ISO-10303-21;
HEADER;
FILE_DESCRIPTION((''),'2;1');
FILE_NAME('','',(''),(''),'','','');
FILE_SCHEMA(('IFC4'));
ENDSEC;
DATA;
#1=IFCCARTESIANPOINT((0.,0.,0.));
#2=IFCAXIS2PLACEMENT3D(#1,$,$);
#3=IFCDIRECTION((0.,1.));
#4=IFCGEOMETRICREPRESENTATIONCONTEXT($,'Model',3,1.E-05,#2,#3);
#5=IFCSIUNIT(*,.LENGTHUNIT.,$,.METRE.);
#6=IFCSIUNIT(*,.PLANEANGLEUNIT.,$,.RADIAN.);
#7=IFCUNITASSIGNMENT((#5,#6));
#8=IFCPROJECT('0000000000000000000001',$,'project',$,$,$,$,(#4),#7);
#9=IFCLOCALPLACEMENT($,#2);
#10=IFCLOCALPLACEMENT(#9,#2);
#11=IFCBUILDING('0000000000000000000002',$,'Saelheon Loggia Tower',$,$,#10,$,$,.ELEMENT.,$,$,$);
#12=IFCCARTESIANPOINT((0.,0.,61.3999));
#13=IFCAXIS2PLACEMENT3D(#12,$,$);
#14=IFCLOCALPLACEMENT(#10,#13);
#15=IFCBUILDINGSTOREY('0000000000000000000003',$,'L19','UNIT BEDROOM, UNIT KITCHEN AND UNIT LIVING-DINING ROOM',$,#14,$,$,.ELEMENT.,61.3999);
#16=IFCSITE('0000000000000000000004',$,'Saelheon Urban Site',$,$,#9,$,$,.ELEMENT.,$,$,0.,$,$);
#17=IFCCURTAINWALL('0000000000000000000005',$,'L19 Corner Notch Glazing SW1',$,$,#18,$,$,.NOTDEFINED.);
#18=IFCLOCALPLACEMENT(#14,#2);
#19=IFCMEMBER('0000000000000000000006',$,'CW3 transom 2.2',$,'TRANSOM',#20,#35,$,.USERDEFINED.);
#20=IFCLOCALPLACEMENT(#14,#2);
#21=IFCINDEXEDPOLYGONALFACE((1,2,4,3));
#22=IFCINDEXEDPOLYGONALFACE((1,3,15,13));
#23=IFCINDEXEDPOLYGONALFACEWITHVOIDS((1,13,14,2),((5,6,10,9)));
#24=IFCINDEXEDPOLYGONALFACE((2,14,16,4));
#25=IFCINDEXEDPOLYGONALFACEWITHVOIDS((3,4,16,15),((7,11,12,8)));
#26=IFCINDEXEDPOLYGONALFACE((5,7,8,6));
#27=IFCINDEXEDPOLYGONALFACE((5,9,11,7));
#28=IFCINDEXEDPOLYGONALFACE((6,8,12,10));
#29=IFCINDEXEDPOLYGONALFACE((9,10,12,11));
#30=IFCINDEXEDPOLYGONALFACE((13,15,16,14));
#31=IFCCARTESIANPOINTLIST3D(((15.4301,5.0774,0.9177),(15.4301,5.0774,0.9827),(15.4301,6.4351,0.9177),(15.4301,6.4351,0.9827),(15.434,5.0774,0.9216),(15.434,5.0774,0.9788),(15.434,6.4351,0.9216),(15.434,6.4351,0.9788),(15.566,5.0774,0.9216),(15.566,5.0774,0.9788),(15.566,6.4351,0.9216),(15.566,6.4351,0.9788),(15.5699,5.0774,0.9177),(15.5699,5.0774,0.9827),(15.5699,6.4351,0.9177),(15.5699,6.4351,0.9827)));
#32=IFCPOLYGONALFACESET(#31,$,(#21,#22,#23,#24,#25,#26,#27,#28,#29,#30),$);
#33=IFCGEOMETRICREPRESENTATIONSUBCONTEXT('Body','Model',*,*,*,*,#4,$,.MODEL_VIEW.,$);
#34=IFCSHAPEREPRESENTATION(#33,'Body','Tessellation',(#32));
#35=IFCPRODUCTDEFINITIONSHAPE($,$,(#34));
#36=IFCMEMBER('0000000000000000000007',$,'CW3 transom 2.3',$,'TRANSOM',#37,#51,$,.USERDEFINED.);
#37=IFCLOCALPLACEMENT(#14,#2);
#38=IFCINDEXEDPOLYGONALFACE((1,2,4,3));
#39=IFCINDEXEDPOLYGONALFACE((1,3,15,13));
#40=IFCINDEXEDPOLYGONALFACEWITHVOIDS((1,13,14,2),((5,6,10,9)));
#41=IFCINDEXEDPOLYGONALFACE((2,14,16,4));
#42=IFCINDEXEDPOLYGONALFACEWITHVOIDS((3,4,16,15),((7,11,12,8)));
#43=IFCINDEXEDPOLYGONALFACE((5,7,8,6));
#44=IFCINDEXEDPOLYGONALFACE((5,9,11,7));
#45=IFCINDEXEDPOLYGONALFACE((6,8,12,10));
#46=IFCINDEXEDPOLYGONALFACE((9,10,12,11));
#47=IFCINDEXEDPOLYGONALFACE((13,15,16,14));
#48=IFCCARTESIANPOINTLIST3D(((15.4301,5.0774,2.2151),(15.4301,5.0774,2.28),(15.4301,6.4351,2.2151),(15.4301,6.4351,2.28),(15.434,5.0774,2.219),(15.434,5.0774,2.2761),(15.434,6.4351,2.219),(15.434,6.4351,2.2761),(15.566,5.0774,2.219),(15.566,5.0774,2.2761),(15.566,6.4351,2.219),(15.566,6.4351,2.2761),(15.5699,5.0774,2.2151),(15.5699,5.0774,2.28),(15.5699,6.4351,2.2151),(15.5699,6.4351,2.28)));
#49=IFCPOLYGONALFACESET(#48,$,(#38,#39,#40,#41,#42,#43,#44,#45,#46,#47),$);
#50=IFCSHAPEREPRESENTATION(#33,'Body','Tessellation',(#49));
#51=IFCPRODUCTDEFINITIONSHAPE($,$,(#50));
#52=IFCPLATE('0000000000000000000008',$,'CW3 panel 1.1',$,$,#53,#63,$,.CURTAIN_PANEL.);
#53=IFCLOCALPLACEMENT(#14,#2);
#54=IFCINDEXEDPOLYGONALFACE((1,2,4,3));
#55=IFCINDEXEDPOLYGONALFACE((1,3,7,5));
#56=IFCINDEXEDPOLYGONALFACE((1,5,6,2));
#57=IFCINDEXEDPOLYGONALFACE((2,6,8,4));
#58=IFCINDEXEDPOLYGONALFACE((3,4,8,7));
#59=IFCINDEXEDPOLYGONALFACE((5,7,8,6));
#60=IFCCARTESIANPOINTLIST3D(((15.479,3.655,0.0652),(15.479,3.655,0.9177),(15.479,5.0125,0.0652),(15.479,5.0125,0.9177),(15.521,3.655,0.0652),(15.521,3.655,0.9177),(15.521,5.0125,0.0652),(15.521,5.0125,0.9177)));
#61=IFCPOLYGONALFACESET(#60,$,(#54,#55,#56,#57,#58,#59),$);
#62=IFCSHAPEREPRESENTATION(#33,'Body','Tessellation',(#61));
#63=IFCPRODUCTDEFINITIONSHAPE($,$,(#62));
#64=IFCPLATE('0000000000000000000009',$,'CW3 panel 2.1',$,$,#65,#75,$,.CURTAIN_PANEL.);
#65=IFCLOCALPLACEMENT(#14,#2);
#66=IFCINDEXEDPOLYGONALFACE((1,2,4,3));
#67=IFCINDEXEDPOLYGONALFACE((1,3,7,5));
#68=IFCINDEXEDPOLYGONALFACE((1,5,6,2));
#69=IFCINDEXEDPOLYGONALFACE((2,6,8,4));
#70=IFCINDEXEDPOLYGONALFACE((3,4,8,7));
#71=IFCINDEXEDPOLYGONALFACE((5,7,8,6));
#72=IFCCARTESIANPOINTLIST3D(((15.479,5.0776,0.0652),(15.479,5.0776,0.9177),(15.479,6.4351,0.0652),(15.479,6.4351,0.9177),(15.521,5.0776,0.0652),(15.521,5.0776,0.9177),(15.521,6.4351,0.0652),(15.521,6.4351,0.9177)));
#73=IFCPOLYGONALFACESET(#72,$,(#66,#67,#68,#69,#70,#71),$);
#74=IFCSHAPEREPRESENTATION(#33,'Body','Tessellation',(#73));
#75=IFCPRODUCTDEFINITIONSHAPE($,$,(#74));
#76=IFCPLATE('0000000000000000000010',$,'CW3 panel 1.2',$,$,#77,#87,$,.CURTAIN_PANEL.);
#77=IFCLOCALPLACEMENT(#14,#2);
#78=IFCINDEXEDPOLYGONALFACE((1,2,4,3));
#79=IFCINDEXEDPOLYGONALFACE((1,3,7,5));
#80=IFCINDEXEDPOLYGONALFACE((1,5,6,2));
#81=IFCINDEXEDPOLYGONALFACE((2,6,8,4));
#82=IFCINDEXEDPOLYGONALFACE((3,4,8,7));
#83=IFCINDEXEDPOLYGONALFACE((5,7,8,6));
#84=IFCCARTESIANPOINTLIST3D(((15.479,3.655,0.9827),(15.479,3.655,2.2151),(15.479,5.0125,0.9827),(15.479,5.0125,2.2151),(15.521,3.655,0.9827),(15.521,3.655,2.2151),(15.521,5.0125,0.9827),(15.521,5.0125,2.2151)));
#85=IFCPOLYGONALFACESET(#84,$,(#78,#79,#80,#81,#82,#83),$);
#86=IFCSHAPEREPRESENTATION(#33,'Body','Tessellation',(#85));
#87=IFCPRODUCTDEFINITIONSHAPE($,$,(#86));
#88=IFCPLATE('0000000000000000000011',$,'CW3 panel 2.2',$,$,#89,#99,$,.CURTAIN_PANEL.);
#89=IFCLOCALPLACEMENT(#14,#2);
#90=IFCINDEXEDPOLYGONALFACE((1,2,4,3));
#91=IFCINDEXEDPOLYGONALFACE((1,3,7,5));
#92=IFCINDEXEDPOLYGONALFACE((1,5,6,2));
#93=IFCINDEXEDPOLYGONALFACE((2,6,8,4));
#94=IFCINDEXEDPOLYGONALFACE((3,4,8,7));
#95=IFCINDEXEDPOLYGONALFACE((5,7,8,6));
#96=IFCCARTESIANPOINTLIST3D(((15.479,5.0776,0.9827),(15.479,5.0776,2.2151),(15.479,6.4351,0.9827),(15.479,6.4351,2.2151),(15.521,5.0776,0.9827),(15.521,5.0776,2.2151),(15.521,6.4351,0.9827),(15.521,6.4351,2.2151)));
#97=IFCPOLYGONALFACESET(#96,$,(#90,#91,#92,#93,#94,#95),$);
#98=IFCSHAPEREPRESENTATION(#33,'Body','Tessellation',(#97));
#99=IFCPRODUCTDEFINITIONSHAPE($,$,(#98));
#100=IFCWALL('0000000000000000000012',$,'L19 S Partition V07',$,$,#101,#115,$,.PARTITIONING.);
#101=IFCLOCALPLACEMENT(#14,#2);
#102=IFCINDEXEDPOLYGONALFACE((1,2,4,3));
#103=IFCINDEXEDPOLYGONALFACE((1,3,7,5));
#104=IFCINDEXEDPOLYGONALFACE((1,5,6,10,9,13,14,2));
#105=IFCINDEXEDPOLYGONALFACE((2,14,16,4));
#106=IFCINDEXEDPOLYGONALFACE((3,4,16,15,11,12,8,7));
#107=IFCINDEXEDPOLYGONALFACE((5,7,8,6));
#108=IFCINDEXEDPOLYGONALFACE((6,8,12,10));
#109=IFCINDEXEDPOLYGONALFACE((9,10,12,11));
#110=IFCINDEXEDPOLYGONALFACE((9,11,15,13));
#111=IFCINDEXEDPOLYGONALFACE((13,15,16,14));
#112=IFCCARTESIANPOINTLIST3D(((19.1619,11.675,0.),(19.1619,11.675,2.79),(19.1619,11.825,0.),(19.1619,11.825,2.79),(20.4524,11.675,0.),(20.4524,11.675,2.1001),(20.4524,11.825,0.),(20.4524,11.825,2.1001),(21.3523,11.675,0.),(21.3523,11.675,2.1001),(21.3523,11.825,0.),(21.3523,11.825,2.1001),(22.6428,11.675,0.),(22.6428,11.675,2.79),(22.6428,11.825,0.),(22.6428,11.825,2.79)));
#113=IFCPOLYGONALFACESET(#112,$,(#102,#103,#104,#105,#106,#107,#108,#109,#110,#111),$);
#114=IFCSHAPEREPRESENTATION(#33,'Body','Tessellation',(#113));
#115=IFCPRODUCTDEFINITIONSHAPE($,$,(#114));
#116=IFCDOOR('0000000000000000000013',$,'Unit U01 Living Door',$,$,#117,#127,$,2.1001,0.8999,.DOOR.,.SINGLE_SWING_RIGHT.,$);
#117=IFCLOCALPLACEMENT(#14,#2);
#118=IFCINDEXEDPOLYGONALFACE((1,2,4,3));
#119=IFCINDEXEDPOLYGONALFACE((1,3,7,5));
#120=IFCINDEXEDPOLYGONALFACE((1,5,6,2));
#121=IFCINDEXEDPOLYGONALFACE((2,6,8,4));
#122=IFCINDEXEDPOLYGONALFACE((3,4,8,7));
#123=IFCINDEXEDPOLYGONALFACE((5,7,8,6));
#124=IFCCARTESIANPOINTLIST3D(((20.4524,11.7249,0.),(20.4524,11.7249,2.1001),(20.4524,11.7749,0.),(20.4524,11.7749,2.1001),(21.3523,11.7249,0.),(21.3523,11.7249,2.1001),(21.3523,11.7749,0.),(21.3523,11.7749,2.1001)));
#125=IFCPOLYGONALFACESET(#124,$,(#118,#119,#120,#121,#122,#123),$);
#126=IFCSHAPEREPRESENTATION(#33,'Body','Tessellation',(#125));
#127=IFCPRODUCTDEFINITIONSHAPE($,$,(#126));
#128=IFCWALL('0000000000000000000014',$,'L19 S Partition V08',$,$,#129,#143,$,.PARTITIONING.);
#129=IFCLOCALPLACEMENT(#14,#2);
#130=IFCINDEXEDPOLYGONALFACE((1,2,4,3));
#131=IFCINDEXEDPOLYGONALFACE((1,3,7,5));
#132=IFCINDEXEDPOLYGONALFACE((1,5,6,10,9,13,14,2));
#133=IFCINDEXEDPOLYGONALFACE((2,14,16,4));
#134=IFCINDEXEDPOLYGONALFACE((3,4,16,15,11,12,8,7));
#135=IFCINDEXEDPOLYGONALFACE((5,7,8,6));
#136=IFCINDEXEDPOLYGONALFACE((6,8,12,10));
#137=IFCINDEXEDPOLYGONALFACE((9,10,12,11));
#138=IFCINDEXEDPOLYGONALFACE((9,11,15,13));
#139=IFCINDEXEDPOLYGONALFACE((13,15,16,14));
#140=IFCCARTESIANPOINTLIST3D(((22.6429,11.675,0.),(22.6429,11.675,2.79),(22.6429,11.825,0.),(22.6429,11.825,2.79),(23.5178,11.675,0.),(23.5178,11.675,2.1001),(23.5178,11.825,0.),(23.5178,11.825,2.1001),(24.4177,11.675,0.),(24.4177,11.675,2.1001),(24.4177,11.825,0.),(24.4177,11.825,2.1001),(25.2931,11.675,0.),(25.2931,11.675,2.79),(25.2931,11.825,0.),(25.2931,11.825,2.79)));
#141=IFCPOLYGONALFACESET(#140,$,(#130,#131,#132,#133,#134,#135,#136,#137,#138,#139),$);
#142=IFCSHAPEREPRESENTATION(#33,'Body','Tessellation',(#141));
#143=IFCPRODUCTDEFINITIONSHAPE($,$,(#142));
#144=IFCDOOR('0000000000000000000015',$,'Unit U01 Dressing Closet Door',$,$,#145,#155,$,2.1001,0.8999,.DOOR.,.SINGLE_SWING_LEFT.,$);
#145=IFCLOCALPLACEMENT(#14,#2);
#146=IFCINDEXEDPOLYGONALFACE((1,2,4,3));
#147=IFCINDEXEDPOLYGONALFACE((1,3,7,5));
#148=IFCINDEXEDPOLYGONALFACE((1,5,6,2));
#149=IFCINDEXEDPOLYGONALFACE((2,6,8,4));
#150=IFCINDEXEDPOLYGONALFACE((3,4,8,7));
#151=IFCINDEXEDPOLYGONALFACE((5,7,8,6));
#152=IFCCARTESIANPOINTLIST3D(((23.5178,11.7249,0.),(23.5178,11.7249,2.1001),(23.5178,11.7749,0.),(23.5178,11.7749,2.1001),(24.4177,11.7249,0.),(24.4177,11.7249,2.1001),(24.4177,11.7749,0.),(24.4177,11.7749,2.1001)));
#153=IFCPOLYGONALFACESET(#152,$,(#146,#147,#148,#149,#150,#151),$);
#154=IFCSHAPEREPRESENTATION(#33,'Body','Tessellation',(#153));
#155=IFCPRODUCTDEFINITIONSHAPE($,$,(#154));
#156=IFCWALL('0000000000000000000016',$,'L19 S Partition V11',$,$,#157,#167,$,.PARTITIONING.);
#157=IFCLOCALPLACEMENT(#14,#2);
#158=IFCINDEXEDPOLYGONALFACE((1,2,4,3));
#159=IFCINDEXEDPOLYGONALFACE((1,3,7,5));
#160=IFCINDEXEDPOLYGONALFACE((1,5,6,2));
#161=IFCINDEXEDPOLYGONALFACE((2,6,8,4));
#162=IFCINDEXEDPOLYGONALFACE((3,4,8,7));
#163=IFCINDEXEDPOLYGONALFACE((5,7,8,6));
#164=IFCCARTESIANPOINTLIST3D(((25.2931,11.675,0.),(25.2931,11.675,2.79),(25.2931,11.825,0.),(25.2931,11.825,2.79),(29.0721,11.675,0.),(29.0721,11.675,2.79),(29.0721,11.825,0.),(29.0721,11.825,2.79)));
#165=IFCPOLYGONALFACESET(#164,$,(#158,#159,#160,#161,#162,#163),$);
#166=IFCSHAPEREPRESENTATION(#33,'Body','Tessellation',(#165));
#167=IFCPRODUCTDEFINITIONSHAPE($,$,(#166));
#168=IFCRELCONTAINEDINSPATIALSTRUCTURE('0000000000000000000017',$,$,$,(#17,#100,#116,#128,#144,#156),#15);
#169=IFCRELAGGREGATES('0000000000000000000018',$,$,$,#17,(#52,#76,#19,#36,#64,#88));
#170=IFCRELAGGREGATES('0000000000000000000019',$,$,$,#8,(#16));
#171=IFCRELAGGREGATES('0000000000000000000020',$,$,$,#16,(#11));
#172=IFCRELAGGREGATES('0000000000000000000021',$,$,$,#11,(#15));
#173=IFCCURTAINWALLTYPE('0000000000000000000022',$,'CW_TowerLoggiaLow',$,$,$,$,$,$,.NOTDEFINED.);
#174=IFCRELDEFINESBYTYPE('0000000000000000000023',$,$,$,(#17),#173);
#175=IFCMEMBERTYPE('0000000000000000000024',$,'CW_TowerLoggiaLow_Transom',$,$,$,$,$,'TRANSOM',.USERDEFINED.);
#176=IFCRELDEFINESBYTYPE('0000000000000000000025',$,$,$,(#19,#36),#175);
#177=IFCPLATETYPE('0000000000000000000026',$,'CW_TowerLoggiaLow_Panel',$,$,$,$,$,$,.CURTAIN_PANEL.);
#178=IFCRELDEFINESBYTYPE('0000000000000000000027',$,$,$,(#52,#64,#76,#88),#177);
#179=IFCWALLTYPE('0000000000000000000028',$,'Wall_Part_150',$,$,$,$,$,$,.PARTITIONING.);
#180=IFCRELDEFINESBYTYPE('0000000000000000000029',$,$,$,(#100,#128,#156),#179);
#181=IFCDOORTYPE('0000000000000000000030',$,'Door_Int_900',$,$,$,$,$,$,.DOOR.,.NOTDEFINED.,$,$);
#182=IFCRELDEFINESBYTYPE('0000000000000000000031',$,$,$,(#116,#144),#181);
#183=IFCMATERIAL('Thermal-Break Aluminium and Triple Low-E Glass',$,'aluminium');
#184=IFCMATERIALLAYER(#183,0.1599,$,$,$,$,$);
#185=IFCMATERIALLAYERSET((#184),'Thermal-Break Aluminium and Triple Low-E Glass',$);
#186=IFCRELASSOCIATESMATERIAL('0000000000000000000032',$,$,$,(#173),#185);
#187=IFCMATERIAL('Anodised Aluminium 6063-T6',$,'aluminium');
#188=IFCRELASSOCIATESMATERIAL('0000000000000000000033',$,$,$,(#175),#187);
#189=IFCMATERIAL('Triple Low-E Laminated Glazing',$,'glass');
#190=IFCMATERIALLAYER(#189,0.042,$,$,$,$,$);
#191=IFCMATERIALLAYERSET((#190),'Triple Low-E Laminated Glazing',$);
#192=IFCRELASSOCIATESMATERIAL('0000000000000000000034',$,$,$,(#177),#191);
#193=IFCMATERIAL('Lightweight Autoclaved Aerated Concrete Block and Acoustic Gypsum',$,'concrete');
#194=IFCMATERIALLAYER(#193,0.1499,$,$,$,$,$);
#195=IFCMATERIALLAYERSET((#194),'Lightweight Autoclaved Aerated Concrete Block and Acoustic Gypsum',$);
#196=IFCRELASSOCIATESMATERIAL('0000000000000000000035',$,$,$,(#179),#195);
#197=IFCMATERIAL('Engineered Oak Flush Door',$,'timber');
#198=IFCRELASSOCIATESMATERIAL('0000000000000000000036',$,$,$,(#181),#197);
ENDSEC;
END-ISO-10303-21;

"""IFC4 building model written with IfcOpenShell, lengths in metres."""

from ifc_helpers import new_model, si_unit, direction, frame, frame_2d, origin, origin_2d, place, context, subcontext, project, spatial, rectangle, hollow_rectangle, extrude, source, transform, mapped, material, layer, layer_set, material_profile, profile_set, type_object, element, fill, aggregate, save


model = new_model("IFC4")

# Units and contexts
model_context = context("Model", 3, precision=1e-05, world=origin(), true_north=direction((0.0, 1.0)))
body_context = subcontext(model_context, "Body", "Model", "MODEL_VIEW")
ifc_project = project(units=[si_unit("LENGTHUNIT", "METRE"), si_unit("PLANEANGLEUNIT", "RADIAN")], contexts=[model_context])

# Site, building, storey
site_placement = place(None, origin())
site = spatial("IfcSite", under=ifc_project, at=site_placement, Name="Saelheon Urban Site", CompositionType="ELEMENT", RefElevation=0.0)
building_placement = place(site_placement, origin())
building = spatial("IfcBuilding", under=site, at=building_placement, Name="Saelheon Loggia Tower", CompositionType="ELEMENT")
storey_placement = place(building_placement, frame((0.0, 0.0, 61.3999)))
storey = spatial("IfcBuildingStorey", under=building, at=storey_placement, Name="L19", Description="UNIT BEDROOM, UNIT KITCHEN AND UNIT LIVING-DINING ROOM", CompositionType="ELEMENT", Elevation=61.3999)

# Curtain wall, members, plates
ifc_material_1 = material(Name="Thermal-Break Aluminium and Triple Low-E Glass", Category="aluminium")
ifc_layer_1 = layer(ifc_material_1, 0.1599)
ifc_layer_set_1 = layer_set([ifc_layer_1], Name="Thermal-Break Aluminium and Triple Low-E Glass")
curtain_wall_type = type_object("IfcCurtainWallType", Name="CW_TowerLoggiaLow", PredefinedType="NOTDEFINED", material=ifc_layer_set_1)
curtain_wall_placement = place(storey_placement, origin())
curtain_wall = element("IfcCurtainWall", 1, at=curtain_wall_placement, inside=storey, type_object=curtain_wall_type, Name="L19 Corner Notch Glazing SW1", PredefinedType="NOTDEFINED")
ifc_material_2 = material(Name="Anodised Aluminium 6063-T6", Category="aluminium")
ifc_material_profile_1 = material_profile(ifc_material_2, hollow_rectangle(XDim=0.0649, YDim=0.1399, WallThickness=0.0039, at=origin_2d()), Name="RHS-140x65x4")
ifc_profile_set_1 = profile_set([ifc_material_profile_1], Name="Anodised Aluminium 6063-T6")
member_type_1 = type_object("IfcMemberType", Name="CW_TowerLoggiaLow_Transom", ElementType="TRANSOM", PredefinedType="USERDEFINED", material=ifc_profile_set_1)
shared_shape_1 = source(origin(), body_context, "Body", "SweptSolid", [
    extrude(hollow_rectangle(XDim=0.0649, YDim=0.1399, WallThickness=0.0039, at=origin_2d()), origin(), (0.0, 0.0, 1.0), 1.3577),
])
member_1_placement = place(storey_placement, frame((15.5, 5.0774, 0.9502), z_axis=(0.0, 1.0, 0.0), x_axis=(0.0, 0.0, 1.0)))
member_1 = element("IfcMember", 2, at=member_1_placement, type_object=member_type_1, Name="CW3 transom 2.2", ObjectType="TRANSOM", PredefinedType="USERDEFINED", context=body_context, shape_type="MappedRepresentation", body=[
    mapped(shared_shape_1, transform((0.0, 0.0, 0.0), scale=1.0)),
])
member_2_placement = place(storey_placement, frame((15.5, 5.0774, 2.2476), z_axis=(0.0, 1.0, 0.0), x_axis=(0.0, 0.0, 1.0)))
member_2 = element("IfcMember", 3, at=member_2_placement, type_object=member_type_1, Name="CW3 transom 2.3", ObjectType="TRANSOM", PredefinedType="USERDEFINED", context=body_context, shape_type="MappedRepresentation", body=[
    mapped(shared_shape_1, transform((0.0, 0.0, 0.0), scale=1.0)),
])
ifc_material_3 = material(Name="Triple Low-E Laminated Glazing", Category="glass")
ifc_layer_2 = layer(ifc_material_3, 0.042)
ifc_layer_set_2 = layer_set([ifc_layer_2], Name="Triple Low-E Laminated Glazing")
plate_type = type_object("IfcPlateType", Name="CW_TowerLoggiaLow_Panel", PredefinedType="CURTAIN_PANEL", material=ifc_layer_set_2)
shared_shape_2 = source(origin(), body_context, "Body", "SweptSolid", [
    extrude(rectangle(XDim=1.3574, YDim=0.042, at=origin_2d()), origin(), (0.0, 0.0, 1.0), 0.8525),
])
plate_1_placement = place(storey_placement, frame((15.5, 4.3337, 0.0652), z_axis=(0.0, 0.0, 1.0), x_axis=(0.0, 1.0, 0.0)))
plate_1 = element("IfcPlate", 4, at=plate_1_placement, type_object=plate_type, Name="CW3 panel 1.1", PredefinedType="CURTAIN_PANEL", context=body_context, shape_type="MappedRepresentation", body=[
    mapped(shared_shape_2, transform((0.0, 0.0, 0.0), scale=1.0)),
])
plate_2_placement = place(storey_placement, frame((15.5, 5.7563, 0.0652), z_axis=(0.0, 0.0, 1.0), x_axis=(0.0, 1.0, 0.0)))
plate_2 = element("IfcPlate", 5, at=plate_2_placement, type_object=plate_type, Name="CW3 panel 2.1", PredefinedType="CURTAIN_PANEL", context=body_context, shape_type="MappedRepresentation", body=[
    mapped(shared_shape_2, transform((0.0, 0.0, 0.0), scale=1.0)),
])
shared_shape_3 = source(origin(), body_context, "Body", "SweptSolid", [
    extrude(rectangle(XDim=1.3574, YDim=0.042, at=origin_2d()), origin(), (0.0, 0.0, 1.0), 1.2324),
])
plate_3_placement = place(storey_placement, frame((15.5, 4.3337, 0.9827), z_axis=(0.0, 0.0, 1.0), x_axis=(0.0, 1.0, 0.0)))
plate_3 = element("IfcPlate", 6, at=plate_3_placement, type_object=plate_type, Name="CW3 panel 1.2", PredefinedType="CURTAIN_PANEL", context=body_context, shape_type="MappedRepresentation", body=[
    mapped(shared_shape_3, transform((0.0, 0.0, 0.0), scale=1.0)),
])
plate_4_placement = place(storey_placement, frame((15.5, 5.7563, 0.9827), z_axis=(0.0, 0.0, 1.0), x_axis=(0.0, 1.0, 0.0)))
plate_4 = element("IfcPlate", 7, at=plate_4_placement, type_object=plate_type, Name="CW3 panel 2.2", PredefinedType="CURTAIN_PANEL", context=body_context, shape_type="MappedRepresentation", body=[
    mapped(shared_shape_3, transform((0.0, 0.0, 0.0), scale=1.0)),
])
aggregate(curtain_wall, [plate_1, plate_3, member_1, member_2, plate_2, plate_4])

# Walls, openings, doors
ifc_material_4 = material(Name="Lightweight Autoclaved Aerated Concrete Block and Acoustic Gypsum", Category="concrete")
ifc_layer_3 = layer(ifc_material_4, 0.1499)
ifc_layer_set_3 = layer_set([ifc_layer_3], Name="Lightweight Autoclaved Aerated Concrete Block and Acoustic Gypsum")
wall_type_1 = type_object("IfcWallType", Name="Wall_Part_150", PredefinedType="PARTITIONING", material=ifc_layer_set_3)
wall_1_placement = place(storey_placement, frame((19.1619, 11.75, 0.0), z_axis=(0.0, 0.0, 1.0), x_axis=(1.0, 0.0, 0.0)))
wall_1 = element("IfcWall", 8, at=wall_1_placement, inside=storey, type_object=wall_type_1, Name="L19 S Partition V07", PredefinedType="PARTITIONING", context=body_context, shape_type="SweptSolid", body=[
    extrude(rectangle(XDim=3.481, YDim=0.1499, at=frame_2d((1.7405, 0.0))), origin(), (0.0, 0.0, 1.0), 2.79),
])
opening_1_placement = place(wall_1_placement, frame((1.2905, 0.0, 0.0)))
opening_1 = element("IfcOpeningElement", 9, at=opening_1_placement, cuts=wall_1, PredefinedType="OPENING", context=body_context, shape_type="SweptSolid", body=[
    extrude(rectangle(XDim=0.8999, YDim=2.1001, at=frame_2d((0.45, 1.05))), frame((0.0, 0.0869, 0.0), z_axis=(0.0, -1.0, 0.0), x_axis=(1.0, 0.0, 0.0)), (0.0, 0.0, 1.0), 0.1738),
])
ifc_material_5 = material(Name="Engineered Oak Flush Door", Category="timber")
door_type = type_object("IfcDoorType", Name="Door_Int_900", OperationType="NOTDEFINED", PredefinedType="DOOR", material=ifc_material_5)
shared_shape_4 = source(origin(), body_context, "Body", "SweptSolid", [
    extrude(rectangle(XDim=0.8999, YDim=2.1001, at=frame_2d((0.45, 1.05))), frame((0.0, 0.0249, 0.0), z_axis=(0.0, -1.0, 0.0), x_axis=(1.0, 0.0, 0.0)), (0.0, 0.0, 1.0), 0.05),
])
door_1_placement = place(opening_1_placement, origin())
door_1 = element("IfcDoor", 10, at=door_1_placement, inside=storey, type_object=door_type, Name="Unit U01 Living Door", OperationType="SINGLE_SWING_RIGHT", OverallHeight=2.1001, OverallWidth=0.8999, PredefinedType="DOOR", context=body_context, shape_type="MappedRepresentation", body=[
    mapped(shared_shape_4, transform((0.0, 0.0, 0.0), scale=1.0)),
])
fill(opening_1, door_1)
wall_2_placement = place(storey_placement, frame((22.6428, 11.75, 0.0), z_axis=(0.0, 0.0, 1.0), x_axis=(1.0, 0.0, 0.0)))
wall_2 = element("IfcWall", 11, at=wall_2_placement, inside=storey, type_object=wall_type_1, Name="L19 S Partition V08", PredefinedType="PARTITIONING", context=body_context, shape_type="SweptSolid", body=[
    extrude(rectangle(XDim=2.6501, YDim=0.1499, at=frame_2d((1.3252, 0.0))), origin(), (0.0, 0.0, 1.0), 2.79),
])
opening_2_placement = place(wall_2_placement, frame((0.875, 0.0, 0.0)))
opening_2 = element("IfcOpeningElement", 12, at=opening_2_placement, cuts=wall_2, PredefinedType="OPENING", context=body_context, shape_type="SweptSolid", body=[
    extrude(rectangle(XDim=0.8999, YDim=2.1001, at=frame_2d((0.45, 1.05))), frame((0.0, 0.0869, 0.0), z_axis=(0.0, -1.0, 0.0), x_axis=(1.0, 0.0, 0.0)), (0.0, 0.0, 1.0), 0.1738),
])
door_2_placement = place(opening_2_placement, origin())
door_2 = element("IfcDoor", 13, at=door_2_placement, inside=storey, type_object=door_type, Name="Unit U01 Dressing Closet Door", OperationType="SINGLE_SWING_LEFT", OverallHeight=2.1001, OverallWidth=0.8999, PredefinedType="DOOR", context=body_context, shape_type="MappedRepresentation", body=[
    mapped(shared_shape_4, transform((0.0, 0.0, 0.0), scale=1.0)),
])
fill(opening_2, door_2)

# Wall
wall_3_placement = place(storey_placement, frame((25.293, 11.75, 0.0), z_axis=(0.0, 0.0, 1.0), x_axis=(1.0, 0.0, 0.0)))
element("IfcWall", 14, at=wall_3_placement, inside=storey, type_object=wall_type_1, Name="L19 S Partition V11", PredefinedType="PARTITIONING", context=body_context, shape_type="SweptSolid", body=[
    extrude(rectangle(XDim=3.7791, YDim=0.1499, at=frame_2d((1.8896, 0.0))), origin(), (0.0, 0.0, 1.0), 2.79),
])

save(model, "model.ifc")
